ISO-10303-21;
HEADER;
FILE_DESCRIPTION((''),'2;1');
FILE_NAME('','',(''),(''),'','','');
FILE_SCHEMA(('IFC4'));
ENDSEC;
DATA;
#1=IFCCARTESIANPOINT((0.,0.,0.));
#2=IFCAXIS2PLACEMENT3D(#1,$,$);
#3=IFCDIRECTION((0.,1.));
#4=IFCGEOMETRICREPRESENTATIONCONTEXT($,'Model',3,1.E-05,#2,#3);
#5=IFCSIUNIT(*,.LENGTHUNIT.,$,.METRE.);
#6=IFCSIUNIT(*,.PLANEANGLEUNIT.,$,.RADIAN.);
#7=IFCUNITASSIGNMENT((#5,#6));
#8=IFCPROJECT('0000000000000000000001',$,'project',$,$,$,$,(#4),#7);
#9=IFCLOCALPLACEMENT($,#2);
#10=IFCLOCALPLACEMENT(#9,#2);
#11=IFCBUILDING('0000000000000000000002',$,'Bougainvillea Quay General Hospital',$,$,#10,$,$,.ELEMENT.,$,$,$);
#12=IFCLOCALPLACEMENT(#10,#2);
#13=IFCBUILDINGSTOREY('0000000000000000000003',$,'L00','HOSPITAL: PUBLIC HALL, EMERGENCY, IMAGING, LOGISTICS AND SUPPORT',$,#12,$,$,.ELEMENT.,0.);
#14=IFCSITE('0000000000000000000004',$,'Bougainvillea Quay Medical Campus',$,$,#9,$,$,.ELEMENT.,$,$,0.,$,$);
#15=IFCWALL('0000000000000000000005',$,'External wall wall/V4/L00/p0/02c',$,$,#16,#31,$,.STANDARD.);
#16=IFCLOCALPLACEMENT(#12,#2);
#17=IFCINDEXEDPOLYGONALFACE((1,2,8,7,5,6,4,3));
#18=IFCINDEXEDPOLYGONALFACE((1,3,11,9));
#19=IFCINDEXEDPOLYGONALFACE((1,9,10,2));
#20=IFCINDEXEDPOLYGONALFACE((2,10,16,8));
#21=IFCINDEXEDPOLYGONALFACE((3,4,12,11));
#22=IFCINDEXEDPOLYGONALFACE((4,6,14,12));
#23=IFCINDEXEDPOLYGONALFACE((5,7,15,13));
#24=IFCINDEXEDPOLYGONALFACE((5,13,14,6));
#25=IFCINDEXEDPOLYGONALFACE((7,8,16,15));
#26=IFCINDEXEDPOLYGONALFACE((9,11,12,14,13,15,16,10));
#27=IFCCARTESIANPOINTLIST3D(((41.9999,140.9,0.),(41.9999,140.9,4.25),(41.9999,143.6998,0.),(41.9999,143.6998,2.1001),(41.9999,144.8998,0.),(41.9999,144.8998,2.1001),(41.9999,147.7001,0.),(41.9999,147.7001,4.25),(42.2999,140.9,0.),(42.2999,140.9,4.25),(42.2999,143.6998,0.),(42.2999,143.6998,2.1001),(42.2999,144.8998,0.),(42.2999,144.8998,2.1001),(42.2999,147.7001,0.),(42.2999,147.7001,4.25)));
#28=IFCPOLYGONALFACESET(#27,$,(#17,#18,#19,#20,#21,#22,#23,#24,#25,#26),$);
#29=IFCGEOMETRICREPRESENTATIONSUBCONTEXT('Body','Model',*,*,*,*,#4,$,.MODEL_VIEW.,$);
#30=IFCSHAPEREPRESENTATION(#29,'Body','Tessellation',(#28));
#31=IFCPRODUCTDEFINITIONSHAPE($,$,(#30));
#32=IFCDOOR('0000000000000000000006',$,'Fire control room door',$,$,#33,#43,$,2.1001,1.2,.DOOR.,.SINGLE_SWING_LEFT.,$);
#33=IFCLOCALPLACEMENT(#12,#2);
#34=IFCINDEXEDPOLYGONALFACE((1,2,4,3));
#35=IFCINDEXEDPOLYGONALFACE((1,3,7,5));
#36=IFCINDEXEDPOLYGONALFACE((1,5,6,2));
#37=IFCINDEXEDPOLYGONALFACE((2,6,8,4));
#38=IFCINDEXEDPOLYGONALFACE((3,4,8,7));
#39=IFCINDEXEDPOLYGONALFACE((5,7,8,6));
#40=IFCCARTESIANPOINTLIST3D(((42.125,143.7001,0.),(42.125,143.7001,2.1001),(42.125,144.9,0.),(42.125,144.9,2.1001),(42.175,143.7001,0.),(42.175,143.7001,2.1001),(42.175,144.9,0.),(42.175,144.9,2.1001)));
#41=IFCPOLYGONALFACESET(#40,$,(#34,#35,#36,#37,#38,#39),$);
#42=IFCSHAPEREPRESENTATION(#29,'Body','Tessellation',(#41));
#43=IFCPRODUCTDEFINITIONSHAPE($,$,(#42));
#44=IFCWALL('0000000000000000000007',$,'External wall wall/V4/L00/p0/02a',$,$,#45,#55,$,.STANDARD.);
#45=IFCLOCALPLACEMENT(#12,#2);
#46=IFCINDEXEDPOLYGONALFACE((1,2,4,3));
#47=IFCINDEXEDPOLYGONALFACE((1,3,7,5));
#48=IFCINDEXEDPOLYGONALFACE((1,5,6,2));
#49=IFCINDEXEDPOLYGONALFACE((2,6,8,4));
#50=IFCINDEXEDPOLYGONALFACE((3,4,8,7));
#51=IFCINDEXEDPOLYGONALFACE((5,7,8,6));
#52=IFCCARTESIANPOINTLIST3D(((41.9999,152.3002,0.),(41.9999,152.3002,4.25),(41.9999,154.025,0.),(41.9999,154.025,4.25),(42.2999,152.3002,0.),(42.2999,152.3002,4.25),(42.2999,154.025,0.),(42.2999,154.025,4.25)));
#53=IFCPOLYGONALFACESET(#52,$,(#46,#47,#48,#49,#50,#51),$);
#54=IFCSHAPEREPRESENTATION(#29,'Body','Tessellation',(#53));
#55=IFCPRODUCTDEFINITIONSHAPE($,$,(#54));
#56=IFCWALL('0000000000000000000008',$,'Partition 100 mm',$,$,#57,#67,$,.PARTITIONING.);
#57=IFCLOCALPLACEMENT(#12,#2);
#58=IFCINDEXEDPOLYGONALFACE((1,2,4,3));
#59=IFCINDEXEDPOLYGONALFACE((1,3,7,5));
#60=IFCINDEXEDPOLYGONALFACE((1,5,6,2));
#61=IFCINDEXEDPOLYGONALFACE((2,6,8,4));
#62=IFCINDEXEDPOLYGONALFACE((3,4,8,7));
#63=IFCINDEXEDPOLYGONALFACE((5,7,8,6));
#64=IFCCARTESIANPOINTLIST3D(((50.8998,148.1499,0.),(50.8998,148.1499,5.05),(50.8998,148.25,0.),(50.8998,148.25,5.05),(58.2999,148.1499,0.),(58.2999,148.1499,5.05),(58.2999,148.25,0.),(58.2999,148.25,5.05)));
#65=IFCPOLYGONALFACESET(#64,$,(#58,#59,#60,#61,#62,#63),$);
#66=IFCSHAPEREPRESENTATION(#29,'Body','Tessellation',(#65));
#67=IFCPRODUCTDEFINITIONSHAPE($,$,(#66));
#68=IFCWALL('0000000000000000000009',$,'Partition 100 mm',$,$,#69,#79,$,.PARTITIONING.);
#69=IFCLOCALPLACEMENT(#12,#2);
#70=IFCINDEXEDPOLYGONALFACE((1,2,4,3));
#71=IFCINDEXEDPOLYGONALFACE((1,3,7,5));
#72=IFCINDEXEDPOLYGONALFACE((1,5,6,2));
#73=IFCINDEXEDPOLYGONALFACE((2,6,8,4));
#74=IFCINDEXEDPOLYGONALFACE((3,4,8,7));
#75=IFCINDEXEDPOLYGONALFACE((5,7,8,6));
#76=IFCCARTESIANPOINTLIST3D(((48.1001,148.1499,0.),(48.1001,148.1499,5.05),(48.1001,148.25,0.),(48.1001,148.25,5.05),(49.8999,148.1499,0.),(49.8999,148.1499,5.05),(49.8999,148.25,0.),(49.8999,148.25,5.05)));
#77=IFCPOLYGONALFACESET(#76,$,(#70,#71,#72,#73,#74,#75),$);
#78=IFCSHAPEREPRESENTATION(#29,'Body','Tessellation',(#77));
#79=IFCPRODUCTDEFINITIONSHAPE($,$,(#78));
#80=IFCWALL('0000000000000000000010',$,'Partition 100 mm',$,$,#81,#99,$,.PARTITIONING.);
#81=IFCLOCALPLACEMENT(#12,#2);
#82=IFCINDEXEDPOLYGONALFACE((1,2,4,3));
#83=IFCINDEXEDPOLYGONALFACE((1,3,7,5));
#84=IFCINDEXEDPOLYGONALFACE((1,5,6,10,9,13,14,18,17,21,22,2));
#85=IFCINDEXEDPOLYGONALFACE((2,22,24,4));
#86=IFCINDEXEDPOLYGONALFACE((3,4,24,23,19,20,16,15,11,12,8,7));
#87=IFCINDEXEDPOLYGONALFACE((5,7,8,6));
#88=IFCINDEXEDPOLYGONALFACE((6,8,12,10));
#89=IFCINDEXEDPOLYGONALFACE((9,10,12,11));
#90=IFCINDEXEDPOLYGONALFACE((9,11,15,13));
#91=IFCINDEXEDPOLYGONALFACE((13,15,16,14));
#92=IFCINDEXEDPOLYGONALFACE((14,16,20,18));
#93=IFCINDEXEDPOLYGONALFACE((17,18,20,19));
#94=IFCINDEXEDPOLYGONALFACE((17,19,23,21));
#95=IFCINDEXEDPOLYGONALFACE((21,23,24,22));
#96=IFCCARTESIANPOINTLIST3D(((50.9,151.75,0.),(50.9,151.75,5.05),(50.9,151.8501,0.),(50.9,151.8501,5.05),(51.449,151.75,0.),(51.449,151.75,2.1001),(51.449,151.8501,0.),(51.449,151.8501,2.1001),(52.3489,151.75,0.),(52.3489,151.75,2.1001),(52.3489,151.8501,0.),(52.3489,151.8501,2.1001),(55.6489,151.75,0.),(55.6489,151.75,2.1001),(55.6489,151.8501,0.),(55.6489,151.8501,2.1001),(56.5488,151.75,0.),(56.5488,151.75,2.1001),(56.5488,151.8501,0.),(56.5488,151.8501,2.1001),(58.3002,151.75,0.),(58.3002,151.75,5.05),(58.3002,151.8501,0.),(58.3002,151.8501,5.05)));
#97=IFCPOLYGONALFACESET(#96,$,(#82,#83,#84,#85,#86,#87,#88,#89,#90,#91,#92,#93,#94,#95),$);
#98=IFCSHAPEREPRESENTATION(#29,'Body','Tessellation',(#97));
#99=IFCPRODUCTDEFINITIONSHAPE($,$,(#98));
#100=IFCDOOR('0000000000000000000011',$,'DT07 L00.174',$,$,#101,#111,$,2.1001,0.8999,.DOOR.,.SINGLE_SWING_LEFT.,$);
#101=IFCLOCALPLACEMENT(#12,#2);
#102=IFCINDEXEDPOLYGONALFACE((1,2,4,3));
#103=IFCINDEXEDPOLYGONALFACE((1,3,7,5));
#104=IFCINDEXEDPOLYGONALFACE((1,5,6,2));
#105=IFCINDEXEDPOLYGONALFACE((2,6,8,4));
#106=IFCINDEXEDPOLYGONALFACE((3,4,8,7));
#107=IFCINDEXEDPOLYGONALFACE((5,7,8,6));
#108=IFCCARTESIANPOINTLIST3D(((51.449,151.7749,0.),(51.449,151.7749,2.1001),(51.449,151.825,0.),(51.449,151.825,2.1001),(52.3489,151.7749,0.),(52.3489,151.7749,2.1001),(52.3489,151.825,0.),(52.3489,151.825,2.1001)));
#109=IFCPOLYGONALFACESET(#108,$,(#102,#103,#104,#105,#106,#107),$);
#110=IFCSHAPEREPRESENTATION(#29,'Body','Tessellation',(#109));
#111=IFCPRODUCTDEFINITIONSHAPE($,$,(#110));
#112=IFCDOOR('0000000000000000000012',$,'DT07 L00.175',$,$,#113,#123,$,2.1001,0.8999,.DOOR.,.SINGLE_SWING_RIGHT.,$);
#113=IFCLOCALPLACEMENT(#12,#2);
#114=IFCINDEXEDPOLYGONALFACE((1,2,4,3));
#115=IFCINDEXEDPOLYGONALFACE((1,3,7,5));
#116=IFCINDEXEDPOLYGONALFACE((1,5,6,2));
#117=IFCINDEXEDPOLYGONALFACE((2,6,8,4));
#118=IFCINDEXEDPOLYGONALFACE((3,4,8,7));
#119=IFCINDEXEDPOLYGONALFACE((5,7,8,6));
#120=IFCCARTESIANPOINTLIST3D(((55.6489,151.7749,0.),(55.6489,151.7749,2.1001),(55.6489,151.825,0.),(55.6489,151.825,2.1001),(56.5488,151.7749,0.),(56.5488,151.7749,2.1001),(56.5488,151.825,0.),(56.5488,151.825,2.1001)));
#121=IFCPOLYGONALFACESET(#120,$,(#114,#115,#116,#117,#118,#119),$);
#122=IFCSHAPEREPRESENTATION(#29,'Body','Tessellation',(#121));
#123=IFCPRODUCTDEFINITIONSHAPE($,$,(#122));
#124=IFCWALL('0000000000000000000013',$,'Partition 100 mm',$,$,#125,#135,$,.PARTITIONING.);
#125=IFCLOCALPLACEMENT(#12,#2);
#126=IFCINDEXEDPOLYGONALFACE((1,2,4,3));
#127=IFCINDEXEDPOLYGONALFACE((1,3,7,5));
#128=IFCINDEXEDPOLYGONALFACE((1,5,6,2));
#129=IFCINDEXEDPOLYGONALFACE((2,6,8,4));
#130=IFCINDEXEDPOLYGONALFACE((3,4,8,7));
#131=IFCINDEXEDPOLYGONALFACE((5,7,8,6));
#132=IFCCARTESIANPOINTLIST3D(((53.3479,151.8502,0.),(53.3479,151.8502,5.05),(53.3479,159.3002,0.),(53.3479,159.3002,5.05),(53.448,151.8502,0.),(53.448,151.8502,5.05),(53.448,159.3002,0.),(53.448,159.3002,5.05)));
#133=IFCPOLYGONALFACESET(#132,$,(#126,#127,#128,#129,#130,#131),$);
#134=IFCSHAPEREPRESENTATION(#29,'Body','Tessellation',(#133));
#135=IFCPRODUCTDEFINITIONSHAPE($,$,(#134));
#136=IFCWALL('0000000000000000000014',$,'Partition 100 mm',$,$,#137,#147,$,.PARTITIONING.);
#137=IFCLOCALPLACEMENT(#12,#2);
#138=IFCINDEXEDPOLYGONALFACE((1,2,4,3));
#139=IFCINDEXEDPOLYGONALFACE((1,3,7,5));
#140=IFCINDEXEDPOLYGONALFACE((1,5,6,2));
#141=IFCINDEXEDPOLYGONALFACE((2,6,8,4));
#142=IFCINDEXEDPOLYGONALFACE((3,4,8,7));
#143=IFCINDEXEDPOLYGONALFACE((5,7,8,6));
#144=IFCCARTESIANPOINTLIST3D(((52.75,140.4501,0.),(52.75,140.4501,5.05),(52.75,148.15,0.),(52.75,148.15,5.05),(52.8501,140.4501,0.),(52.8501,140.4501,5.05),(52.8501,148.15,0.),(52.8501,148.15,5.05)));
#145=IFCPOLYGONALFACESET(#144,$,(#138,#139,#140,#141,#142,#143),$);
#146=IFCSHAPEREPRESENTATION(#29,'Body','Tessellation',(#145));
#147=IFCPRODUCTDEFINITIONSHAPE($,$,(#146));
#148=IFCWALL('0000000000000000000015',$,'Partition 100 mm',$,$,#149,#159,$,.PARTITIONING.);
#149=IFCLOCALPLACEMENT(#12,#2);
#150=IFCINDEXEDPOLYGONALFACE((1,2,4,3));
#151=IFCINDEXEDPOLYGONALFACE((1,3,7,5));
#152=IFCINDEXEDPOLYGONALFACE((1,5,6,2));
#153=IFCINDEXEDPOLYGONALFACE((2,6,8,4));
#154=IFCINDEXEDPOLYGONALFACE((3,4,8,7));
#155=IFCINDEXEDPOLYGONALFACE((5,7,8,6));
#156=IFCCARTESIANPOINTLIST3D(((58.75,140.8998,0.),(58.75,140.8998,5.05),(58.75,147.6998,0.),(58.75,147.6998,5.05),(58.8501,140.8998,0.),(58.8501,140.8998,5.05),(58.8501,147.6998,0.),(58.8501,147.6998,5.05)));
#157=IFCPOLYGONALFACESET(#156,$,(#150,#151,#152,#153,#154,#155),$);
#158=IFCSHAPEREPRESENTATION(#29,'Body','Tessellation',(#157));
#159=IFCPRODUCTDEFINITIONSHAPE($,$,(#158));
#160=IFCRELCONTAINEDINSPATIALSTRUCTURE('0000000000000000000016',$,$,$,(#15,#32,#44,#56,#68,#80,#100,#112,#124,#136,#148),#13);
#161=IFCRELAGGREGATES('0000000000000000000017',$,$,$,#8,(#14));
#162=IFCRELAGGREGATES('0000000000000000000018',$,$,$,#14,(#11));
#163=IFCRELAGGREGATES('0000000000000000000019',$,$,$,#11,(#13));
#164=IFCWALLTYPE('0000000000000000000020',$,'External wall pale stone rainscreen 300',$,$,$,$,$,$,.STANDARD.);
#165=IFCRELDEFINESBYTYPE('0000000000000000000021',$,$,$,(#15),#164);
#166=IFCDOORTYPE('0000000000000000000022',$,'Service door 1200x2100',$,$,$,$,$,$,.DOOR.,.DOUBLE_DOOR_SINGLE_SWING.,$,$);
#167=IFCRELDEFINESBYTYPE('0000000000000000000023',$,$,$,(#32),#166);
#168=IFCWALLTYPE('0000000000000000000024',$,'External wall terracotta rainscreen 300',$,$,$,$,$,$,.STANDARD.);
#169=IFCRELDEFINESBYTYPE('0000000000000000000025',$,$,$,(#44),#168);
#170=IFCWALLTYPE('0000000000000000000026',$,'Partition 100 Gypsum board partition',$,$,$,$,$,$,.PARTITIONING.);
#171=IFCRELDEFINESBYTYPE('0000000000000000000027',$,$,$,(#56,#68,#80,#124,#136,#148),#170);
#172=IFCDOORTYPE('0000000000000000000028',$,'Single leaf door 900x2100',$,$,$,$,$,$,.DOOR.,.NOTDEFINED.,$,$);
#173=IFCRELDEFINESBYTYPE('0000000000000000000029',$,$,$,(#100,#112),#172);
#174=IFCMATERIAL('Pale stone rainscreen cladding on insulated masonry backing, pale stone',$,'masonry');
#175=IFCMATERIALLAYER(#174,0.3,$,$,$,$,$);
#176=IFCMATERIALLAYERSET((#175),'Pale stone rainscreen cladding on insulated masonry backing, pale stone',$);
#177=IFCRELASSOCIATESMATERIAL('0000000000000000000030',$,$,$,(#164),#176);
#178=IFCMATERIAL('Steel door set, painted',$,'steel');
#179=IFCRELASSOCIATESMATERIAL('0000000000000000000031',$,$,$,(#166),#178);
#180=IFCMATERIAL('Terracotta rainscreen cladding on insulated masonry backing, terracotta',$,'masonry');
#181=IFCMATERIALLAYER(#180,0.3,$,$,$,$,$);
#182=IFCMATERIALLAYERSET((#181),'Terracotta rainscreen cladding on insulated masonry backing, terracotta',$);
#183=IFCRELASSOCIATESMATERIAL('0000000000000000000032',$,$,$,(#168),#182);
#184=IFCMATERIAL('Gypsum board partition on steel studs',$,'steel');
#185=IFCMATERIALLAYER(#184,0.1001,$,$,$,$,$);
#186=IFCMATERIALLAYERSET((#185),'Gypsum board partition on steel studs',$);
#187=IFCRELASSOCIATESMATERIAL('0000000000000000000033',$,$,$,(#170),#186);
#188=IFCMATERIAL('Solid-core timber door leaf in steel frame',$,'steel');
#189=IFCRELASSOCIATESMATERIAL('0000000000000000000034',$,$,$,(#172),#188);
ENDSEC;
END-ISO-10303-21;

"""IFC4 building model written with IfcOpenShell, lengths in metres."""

from ifc_helpers import new_model, si_unit, direction, frame, frame_2d, origin, place, context, subcontext, project, spatial, rectangle, extrude, material, layer, layer_set, type_object, element, fill, save


model = new_model("IFC4")

# Units and contexts
model_context = context("Model", 3, precision=1e-05, world=origin(), true_north=direction((0.0, 1.0)))
body_context = subcontext(model_context, "Body", "Model", "MODEL_VIEW")
ifc_project = project(units=[si_unit("LENGTHUNIT", "METRE"), si_unit("PLANEANGLEUNIT", "RADIAN")], contexts=[model_context])

# Site, building, storey
site_placement = place(None, origin())
site = spatial("IfcSite", under=ifc_project, at=site_placement, Name="Bougainvillea Quay Medical Campus", CompositionType="ELEMENT", RefElevation=0.0)
building_placement = place(site_placement, origin())
building = spatial("IfcBuilding", under=site, at=building_placement, Name="Bougainvillea Quay General Hospital", CompositionType="ELEMENT")
storey_placement = place(building_placement, origin())
storey = spatial("IfcBuildingStorey", under=building, at=storey_placement, Name="L00", Description="HOSPITAL: PUBLIC HALL, EMERGENCY, IMAGING, LOGISTICS AND SUPPORT", CompositionType="ELEMENT", Elevation=0.0)

# Wall, opening, door
ifc_material_1 = material(Name="Pale stone rainscreen cladding on insulated masonry backing, pale stone", Category="masonry")
ifc_layer_1 = layer(ifc_material_1, 0.3)
ifc_layer_set_1 = layer_set([ifc_layer_1], Name="Pale stone rainscreen cladding on insulated masonry backing, pale stone")
wall_type_1 = type_object("IfcWallType", Name="External wall pale stone rainscreen 300", PredefinedType="STANDARD", material=ifc_layer_set_1)
wall_1_placement = place(storey_placement, frame((42.1499, 147.7, 0.0), z_axis=(0.0, 0.0, 1.0), x_axis=(0.0, -1.0, 0.0)))
wall_1 = element("IfcWall", 1, at=wall_1_placement, inside=storey, type_object=wall_type_1, Name="External wall wall/V4/L00/p0/02c", PredefinedType="STANDARD", context=body_context, shape_type="SweptSolid", body=[
    extrude(rectangle(XDim=6.8, YDim=0.3, at=frame_2d((3.3999, 0.0))), origin(), (0.0, 0.0, 1.0), 4.25),
])
opening_1_placement = place(wall_1_placement, frame((2.8, 0.0, 0.0)))
opening_1 = element("IfcOpeningElement", 2, at=opening_1_placement, cuts=wall_1, PredefinedType="OPENING", context=body_context, shape_type="SweptSolid", body=[
    extrude(rectangle(XDim=1.2, YDim=2.1001, at=frame_2d((0.6001, 1.05))), frame((0.0, 0.1599, 0.0), z_axis=(0.0, -1.0, 0.0), x_axis=(1.0, 0.0, 0.0)), (0.0, 0.0, 1.0), 0.3201),
])
ifc_material_2 = material(Name="Steel door set, painted", Category="steel")
door_type_1 = type_object("IfcDoorType", Name="Service door 1200x2100", OperationType="DOUBLE_DOOR_SINGLE_SWING", PredefinedType="DOOR", material=ifc_material_2)
door_1_placement = place(opening_1_placement, frame((1.2, 0.0, 0.0), z_axis=(0.0, 0.0, 1.0), x_axis=(-1.0, 0.0, 0.0)))
door_1 = element("IfcDoor", 3, at=door_1_placement, inside=storey, type_object=door_type_1, Name="Fire control room door", OperationType="SINGLE_SWING_LEFT", OverallHeight=2.1001, OverallWidth=1.2, PredefinedType="DOOR", context=body_context, shape_type="SweptSolid", body=[
    extrude(rectangle(XDim=1.2, YDim=2.1001, at=frame_2d((0.6001, 1.05))), frame((0.0, 0.0249, 0.0), z_axis=(0.0, -1.0, 0.0), x_axis=(1.0, 0.0, 0.0)), (0.0, 0.0, 1.0), 0.05),
])
fill(opening_1, door_1)

# Walls
ifc_material_3 = material(Name="Terracotta rainscreen cladding on insulated masonry backing, terracotta", Category="masonry")
ifc_layer_2 = layer(ifc_material_3, 0.3)
ifc_layer_set_2 = layer_set([ifc_layer_2], Name="Terracotta rainscreen cladding on insulated masonry backing, terracotta")
wall_type_2 = type_object("IfcWallType", Name="External wall terracotta rainscreen 300", PredefinedType="STANDARD", material=ifc_layer_set_2)
wall_2_placement = place(storey_placement, frame((42.1499, 154.0249, 0.0), z_axis=(0.0, 0.0, 1.0), x_axis=(0.0, -1.0, 0.0)))
element("IfcWall", 4, at=wall_2_placement, inside=storey, type_object=wall_type_2, Name="External wall wall/V4/L00/p0/02a", PredefinedType="STANDARD", context=body_context, shape_type="SweptSolid", body=[
    extrude(rectangle(XDim=1.7249, YDim=0.3, at=frame_2d((0.8623, 0.0))), origin(), (0.0, 0.0, 1.0), 4.25),
])
ifc_material_4 = material(Name="Gypsum board partition on steel studs", Category="steel")
ifc_layer_3 = layer(ifc_material_4, 0.1001)
ifc_layer_set_3 = layer_set([ifc_layer_3], Name="Gypsum board partition on steel studs")
wall_type_3 = type_object("IfcWallType", Name="Partition 100 Gypsum board partition", PredefinedType="PARTITIONING", material=ifc_layer_set_3)
wall_3_placement = place(storey_placement, frame((58.3, 148.2, 0.0), z_axis=(0.0, 0.0, 1.0), x_axis=(-1.0, 0.0, 0.0)))
element("IfcWall", 5, at=wall_3_placement, inside=storey, type_object=wall_type_3, Name="Partition 100 mm", PredefinedType="PARTITIONING", context=body_context, shape_type="SweptSolid", body=[
    extrude(rectangle(XDim=7.4001, YDim=0.1001, at=frame_2d((3.7002, 0.0))), origin(), (0.0, 0.0, 1.0), 5.05),
])
wall_4_placement = place(storey_placement, frame((49.8999, 148.2, 0.0), z_axis=(0.0, 0.0, 1.0), x_axis=(-1.0, 0.0, 0.0)))
element("IfcWall", 6, at=wall_4_placement, inside=storey, type_object=wall_type_3, Name="Partition 100 mm", PredefinedType="PARTITIONING", context=body_context, shape_type="SweptSolid", body=[
    extrude(rectangle(XDim=1.7998, YDim=0.1001, at=frame_2d((0.8999, 0.0))), origin(), (0.0, 0.0, 1.0), 5.05),
])

# Wall, openings, doors
wall_5_placement = place(storey_placement, frame((50.8999, 151.8, 0.0), z_axis=(0.0, 0.0, 1.0), x_axis=(1.0, 0.0, 0.0)))
wall_5 = element("IfcWall", 7, at=wall_5_placement, inside=storey, type_object=wall_type_3, Name="Partition 100 mm", PredefinedType="PARTITIONING", context=body_context, shape_type="SweptSolid", body=[
    extrude(rectangle(XDim=7.4001, YDim=0.1001, at=frame_2d((3.7002, 0.0))), origin(), (0.0, 0.0, 1.0), 5.05),
])
opening_2_placement = place(wall_5_placement, frame((0.5491, 0.0, 0.0)))
opening_2 = element("IfcOpeningElement", 8, at=opening_2_placement, cuts=wall_5, PredefinedType="OPENING", context=body_context, shape_type="SweptSolid", body=[
    extrude(rectangle(XDim=0.8999, YDim=2.1001, at=frame_2d((0.45, 1.05))), frame((0.0, 0.0601, 0.0), z_axis=(0.0, -1.0, 0.0), x_axis=(1.0, 0.0, 0.0)), (0.0, 0.0, 1.0), 0.1201),
])
opening_3_placement = place(wall_5_placement, frame((4.749, 0.0, 0.0)))
opening_3 = element("IfcOpeningElement", 9, at=opening_3_placement, cuts=wall_5, PredefinedType="OPENING", context=body_context, shape_type="SweptSolid", body=[
    extrude(rectangle(XDim=0.8999, YDim=2.1001, at=frame_2d((0.45, 1.05))), frame((0.0, 0.0601, 0.0), z_axis=(0.0, -1.0, 0.0), x_axis=(1.0, 0.0, 0.0)), (0.0, 0.0, 1.0), 0.1201),
])
ifc_material_5 = material(Name="Solid-core timber door leaf in steel frame", Category="steel")
door_type_2 = type_object("IfcDoorType", Name="Single leaf door 900x2100", OperationType="NOTDEFINED", PredefinedType="DOOR", material=ifc_material_5)
door_2_placement = place(opening_2_placement, origin())
door_2 = element("IfcDoor", 10, at=door_2_placement, inside=storey, type_object=door_type_2, Name="DT07 L00.174", OperationType="SINGLE_SWING_LEFT", OverallHeight=2.1001, OverallWidth=0.8999, PredefinedType="DOOR", context=body_context, shape_type="SweptSolid", body=[
    extrude(rectangle(XDim=0.8999, YDim=2.1001, at=frame_2d((0.45, 1.05))), frame((0.0, 0.0249, 0.0), z_axis=(0.0, -1.0, 0.0), x_axis=(1.0, 0.0, 0.0)), (0.0, 0.0, 1.0), 0.05),
])
fill(opening_2, door_2)
door_3_placement = place(opening_3_placement, origin())
door_3 = element("IfcDoor", 11, at=door_3_placement, inside=storey, type_object=door_type_2, Name="DT07 L00.175", OperationType="SINGLE_SWING_RIGHT", OverallHeight=2.1001, OverallWidth=0.8999, PredefinedType="DOOR", context=body_context, shape_type="SweptSolid", body=[
    extrude(rectangle(XDim=0.8999, YDim=2.1001, at=frame_2d((0.45, 1.05))), frame((0.0, 0.0249, 0.0), z_axis=(0.0, -1.0, 0.0), x_axis=(1.0, 0.0, 0.0)), (0.0, 0.0, 1.0), 0.05),
])
fill(opening_3, door_3)

# Walls
wall_6_placement = place(storey_placement, frame((53.3979, 151.8501, 0.0), z_axis=(0.0, 0.0, 1.0), x_axis=(0.0, 1.0, 0.0)))
element("IfcWall", 12, at=wall_6_placement, inside=storey, type_object=wall_type_3, Name="Partition 100 mm", PredefinedType="PARTITIONING", context=body_context, shape_type="SweptSolid", body=[
    extrude(rectangle(XDim=7.45, YDim=0.1001, at=frame_2d((3.7251, 0.0))), origin(), (0.0, 0.0, 1.0), 5.05),
])
wall_7_placement = place(storey_placement, frame((52.8, 140.45, 0.0), z_axis=(0.0, 0.0, 1.0), x_axis=(0.0, 1.0, 0.0)))
element("IfcWall", 13, at=wall_7_placement, inside=storey, type_object=wall_type_3, Name="Partition 100 mm", PredefinedType="PARTITIONING", context=body_context, shape_type="SweptSolid", body=[
    extrude(rectangle(XDim=7.7, YDim=0.1001, at=frame_2d((3.8501, 0.0))), origin(), (0.0, 0.0, 1.0), 5.05),
])
wall_8_placement = place(storey_placement, frame((58.8, 140.8999, 0.0), z_axis=(0.0, 0.0, 1.0), x_axis=(0.0, 1.0, 0.0)))
element("IfcWall", 14, at=wall_8_placement, inside=storey, type_object=wall_type_3, Name="Partition 100 mm", PredefinedType="PARTITIONING", context=body_context, shape_type="SweptSolid", body=[
    extrude(rectangle(XDim=6.8, YDim=0.1001, at=frame_2d((3.3999, 0.0))), origin(), (0.0, 0.0, 1.0), 5.05),
])

save(model, "model.ifc")
